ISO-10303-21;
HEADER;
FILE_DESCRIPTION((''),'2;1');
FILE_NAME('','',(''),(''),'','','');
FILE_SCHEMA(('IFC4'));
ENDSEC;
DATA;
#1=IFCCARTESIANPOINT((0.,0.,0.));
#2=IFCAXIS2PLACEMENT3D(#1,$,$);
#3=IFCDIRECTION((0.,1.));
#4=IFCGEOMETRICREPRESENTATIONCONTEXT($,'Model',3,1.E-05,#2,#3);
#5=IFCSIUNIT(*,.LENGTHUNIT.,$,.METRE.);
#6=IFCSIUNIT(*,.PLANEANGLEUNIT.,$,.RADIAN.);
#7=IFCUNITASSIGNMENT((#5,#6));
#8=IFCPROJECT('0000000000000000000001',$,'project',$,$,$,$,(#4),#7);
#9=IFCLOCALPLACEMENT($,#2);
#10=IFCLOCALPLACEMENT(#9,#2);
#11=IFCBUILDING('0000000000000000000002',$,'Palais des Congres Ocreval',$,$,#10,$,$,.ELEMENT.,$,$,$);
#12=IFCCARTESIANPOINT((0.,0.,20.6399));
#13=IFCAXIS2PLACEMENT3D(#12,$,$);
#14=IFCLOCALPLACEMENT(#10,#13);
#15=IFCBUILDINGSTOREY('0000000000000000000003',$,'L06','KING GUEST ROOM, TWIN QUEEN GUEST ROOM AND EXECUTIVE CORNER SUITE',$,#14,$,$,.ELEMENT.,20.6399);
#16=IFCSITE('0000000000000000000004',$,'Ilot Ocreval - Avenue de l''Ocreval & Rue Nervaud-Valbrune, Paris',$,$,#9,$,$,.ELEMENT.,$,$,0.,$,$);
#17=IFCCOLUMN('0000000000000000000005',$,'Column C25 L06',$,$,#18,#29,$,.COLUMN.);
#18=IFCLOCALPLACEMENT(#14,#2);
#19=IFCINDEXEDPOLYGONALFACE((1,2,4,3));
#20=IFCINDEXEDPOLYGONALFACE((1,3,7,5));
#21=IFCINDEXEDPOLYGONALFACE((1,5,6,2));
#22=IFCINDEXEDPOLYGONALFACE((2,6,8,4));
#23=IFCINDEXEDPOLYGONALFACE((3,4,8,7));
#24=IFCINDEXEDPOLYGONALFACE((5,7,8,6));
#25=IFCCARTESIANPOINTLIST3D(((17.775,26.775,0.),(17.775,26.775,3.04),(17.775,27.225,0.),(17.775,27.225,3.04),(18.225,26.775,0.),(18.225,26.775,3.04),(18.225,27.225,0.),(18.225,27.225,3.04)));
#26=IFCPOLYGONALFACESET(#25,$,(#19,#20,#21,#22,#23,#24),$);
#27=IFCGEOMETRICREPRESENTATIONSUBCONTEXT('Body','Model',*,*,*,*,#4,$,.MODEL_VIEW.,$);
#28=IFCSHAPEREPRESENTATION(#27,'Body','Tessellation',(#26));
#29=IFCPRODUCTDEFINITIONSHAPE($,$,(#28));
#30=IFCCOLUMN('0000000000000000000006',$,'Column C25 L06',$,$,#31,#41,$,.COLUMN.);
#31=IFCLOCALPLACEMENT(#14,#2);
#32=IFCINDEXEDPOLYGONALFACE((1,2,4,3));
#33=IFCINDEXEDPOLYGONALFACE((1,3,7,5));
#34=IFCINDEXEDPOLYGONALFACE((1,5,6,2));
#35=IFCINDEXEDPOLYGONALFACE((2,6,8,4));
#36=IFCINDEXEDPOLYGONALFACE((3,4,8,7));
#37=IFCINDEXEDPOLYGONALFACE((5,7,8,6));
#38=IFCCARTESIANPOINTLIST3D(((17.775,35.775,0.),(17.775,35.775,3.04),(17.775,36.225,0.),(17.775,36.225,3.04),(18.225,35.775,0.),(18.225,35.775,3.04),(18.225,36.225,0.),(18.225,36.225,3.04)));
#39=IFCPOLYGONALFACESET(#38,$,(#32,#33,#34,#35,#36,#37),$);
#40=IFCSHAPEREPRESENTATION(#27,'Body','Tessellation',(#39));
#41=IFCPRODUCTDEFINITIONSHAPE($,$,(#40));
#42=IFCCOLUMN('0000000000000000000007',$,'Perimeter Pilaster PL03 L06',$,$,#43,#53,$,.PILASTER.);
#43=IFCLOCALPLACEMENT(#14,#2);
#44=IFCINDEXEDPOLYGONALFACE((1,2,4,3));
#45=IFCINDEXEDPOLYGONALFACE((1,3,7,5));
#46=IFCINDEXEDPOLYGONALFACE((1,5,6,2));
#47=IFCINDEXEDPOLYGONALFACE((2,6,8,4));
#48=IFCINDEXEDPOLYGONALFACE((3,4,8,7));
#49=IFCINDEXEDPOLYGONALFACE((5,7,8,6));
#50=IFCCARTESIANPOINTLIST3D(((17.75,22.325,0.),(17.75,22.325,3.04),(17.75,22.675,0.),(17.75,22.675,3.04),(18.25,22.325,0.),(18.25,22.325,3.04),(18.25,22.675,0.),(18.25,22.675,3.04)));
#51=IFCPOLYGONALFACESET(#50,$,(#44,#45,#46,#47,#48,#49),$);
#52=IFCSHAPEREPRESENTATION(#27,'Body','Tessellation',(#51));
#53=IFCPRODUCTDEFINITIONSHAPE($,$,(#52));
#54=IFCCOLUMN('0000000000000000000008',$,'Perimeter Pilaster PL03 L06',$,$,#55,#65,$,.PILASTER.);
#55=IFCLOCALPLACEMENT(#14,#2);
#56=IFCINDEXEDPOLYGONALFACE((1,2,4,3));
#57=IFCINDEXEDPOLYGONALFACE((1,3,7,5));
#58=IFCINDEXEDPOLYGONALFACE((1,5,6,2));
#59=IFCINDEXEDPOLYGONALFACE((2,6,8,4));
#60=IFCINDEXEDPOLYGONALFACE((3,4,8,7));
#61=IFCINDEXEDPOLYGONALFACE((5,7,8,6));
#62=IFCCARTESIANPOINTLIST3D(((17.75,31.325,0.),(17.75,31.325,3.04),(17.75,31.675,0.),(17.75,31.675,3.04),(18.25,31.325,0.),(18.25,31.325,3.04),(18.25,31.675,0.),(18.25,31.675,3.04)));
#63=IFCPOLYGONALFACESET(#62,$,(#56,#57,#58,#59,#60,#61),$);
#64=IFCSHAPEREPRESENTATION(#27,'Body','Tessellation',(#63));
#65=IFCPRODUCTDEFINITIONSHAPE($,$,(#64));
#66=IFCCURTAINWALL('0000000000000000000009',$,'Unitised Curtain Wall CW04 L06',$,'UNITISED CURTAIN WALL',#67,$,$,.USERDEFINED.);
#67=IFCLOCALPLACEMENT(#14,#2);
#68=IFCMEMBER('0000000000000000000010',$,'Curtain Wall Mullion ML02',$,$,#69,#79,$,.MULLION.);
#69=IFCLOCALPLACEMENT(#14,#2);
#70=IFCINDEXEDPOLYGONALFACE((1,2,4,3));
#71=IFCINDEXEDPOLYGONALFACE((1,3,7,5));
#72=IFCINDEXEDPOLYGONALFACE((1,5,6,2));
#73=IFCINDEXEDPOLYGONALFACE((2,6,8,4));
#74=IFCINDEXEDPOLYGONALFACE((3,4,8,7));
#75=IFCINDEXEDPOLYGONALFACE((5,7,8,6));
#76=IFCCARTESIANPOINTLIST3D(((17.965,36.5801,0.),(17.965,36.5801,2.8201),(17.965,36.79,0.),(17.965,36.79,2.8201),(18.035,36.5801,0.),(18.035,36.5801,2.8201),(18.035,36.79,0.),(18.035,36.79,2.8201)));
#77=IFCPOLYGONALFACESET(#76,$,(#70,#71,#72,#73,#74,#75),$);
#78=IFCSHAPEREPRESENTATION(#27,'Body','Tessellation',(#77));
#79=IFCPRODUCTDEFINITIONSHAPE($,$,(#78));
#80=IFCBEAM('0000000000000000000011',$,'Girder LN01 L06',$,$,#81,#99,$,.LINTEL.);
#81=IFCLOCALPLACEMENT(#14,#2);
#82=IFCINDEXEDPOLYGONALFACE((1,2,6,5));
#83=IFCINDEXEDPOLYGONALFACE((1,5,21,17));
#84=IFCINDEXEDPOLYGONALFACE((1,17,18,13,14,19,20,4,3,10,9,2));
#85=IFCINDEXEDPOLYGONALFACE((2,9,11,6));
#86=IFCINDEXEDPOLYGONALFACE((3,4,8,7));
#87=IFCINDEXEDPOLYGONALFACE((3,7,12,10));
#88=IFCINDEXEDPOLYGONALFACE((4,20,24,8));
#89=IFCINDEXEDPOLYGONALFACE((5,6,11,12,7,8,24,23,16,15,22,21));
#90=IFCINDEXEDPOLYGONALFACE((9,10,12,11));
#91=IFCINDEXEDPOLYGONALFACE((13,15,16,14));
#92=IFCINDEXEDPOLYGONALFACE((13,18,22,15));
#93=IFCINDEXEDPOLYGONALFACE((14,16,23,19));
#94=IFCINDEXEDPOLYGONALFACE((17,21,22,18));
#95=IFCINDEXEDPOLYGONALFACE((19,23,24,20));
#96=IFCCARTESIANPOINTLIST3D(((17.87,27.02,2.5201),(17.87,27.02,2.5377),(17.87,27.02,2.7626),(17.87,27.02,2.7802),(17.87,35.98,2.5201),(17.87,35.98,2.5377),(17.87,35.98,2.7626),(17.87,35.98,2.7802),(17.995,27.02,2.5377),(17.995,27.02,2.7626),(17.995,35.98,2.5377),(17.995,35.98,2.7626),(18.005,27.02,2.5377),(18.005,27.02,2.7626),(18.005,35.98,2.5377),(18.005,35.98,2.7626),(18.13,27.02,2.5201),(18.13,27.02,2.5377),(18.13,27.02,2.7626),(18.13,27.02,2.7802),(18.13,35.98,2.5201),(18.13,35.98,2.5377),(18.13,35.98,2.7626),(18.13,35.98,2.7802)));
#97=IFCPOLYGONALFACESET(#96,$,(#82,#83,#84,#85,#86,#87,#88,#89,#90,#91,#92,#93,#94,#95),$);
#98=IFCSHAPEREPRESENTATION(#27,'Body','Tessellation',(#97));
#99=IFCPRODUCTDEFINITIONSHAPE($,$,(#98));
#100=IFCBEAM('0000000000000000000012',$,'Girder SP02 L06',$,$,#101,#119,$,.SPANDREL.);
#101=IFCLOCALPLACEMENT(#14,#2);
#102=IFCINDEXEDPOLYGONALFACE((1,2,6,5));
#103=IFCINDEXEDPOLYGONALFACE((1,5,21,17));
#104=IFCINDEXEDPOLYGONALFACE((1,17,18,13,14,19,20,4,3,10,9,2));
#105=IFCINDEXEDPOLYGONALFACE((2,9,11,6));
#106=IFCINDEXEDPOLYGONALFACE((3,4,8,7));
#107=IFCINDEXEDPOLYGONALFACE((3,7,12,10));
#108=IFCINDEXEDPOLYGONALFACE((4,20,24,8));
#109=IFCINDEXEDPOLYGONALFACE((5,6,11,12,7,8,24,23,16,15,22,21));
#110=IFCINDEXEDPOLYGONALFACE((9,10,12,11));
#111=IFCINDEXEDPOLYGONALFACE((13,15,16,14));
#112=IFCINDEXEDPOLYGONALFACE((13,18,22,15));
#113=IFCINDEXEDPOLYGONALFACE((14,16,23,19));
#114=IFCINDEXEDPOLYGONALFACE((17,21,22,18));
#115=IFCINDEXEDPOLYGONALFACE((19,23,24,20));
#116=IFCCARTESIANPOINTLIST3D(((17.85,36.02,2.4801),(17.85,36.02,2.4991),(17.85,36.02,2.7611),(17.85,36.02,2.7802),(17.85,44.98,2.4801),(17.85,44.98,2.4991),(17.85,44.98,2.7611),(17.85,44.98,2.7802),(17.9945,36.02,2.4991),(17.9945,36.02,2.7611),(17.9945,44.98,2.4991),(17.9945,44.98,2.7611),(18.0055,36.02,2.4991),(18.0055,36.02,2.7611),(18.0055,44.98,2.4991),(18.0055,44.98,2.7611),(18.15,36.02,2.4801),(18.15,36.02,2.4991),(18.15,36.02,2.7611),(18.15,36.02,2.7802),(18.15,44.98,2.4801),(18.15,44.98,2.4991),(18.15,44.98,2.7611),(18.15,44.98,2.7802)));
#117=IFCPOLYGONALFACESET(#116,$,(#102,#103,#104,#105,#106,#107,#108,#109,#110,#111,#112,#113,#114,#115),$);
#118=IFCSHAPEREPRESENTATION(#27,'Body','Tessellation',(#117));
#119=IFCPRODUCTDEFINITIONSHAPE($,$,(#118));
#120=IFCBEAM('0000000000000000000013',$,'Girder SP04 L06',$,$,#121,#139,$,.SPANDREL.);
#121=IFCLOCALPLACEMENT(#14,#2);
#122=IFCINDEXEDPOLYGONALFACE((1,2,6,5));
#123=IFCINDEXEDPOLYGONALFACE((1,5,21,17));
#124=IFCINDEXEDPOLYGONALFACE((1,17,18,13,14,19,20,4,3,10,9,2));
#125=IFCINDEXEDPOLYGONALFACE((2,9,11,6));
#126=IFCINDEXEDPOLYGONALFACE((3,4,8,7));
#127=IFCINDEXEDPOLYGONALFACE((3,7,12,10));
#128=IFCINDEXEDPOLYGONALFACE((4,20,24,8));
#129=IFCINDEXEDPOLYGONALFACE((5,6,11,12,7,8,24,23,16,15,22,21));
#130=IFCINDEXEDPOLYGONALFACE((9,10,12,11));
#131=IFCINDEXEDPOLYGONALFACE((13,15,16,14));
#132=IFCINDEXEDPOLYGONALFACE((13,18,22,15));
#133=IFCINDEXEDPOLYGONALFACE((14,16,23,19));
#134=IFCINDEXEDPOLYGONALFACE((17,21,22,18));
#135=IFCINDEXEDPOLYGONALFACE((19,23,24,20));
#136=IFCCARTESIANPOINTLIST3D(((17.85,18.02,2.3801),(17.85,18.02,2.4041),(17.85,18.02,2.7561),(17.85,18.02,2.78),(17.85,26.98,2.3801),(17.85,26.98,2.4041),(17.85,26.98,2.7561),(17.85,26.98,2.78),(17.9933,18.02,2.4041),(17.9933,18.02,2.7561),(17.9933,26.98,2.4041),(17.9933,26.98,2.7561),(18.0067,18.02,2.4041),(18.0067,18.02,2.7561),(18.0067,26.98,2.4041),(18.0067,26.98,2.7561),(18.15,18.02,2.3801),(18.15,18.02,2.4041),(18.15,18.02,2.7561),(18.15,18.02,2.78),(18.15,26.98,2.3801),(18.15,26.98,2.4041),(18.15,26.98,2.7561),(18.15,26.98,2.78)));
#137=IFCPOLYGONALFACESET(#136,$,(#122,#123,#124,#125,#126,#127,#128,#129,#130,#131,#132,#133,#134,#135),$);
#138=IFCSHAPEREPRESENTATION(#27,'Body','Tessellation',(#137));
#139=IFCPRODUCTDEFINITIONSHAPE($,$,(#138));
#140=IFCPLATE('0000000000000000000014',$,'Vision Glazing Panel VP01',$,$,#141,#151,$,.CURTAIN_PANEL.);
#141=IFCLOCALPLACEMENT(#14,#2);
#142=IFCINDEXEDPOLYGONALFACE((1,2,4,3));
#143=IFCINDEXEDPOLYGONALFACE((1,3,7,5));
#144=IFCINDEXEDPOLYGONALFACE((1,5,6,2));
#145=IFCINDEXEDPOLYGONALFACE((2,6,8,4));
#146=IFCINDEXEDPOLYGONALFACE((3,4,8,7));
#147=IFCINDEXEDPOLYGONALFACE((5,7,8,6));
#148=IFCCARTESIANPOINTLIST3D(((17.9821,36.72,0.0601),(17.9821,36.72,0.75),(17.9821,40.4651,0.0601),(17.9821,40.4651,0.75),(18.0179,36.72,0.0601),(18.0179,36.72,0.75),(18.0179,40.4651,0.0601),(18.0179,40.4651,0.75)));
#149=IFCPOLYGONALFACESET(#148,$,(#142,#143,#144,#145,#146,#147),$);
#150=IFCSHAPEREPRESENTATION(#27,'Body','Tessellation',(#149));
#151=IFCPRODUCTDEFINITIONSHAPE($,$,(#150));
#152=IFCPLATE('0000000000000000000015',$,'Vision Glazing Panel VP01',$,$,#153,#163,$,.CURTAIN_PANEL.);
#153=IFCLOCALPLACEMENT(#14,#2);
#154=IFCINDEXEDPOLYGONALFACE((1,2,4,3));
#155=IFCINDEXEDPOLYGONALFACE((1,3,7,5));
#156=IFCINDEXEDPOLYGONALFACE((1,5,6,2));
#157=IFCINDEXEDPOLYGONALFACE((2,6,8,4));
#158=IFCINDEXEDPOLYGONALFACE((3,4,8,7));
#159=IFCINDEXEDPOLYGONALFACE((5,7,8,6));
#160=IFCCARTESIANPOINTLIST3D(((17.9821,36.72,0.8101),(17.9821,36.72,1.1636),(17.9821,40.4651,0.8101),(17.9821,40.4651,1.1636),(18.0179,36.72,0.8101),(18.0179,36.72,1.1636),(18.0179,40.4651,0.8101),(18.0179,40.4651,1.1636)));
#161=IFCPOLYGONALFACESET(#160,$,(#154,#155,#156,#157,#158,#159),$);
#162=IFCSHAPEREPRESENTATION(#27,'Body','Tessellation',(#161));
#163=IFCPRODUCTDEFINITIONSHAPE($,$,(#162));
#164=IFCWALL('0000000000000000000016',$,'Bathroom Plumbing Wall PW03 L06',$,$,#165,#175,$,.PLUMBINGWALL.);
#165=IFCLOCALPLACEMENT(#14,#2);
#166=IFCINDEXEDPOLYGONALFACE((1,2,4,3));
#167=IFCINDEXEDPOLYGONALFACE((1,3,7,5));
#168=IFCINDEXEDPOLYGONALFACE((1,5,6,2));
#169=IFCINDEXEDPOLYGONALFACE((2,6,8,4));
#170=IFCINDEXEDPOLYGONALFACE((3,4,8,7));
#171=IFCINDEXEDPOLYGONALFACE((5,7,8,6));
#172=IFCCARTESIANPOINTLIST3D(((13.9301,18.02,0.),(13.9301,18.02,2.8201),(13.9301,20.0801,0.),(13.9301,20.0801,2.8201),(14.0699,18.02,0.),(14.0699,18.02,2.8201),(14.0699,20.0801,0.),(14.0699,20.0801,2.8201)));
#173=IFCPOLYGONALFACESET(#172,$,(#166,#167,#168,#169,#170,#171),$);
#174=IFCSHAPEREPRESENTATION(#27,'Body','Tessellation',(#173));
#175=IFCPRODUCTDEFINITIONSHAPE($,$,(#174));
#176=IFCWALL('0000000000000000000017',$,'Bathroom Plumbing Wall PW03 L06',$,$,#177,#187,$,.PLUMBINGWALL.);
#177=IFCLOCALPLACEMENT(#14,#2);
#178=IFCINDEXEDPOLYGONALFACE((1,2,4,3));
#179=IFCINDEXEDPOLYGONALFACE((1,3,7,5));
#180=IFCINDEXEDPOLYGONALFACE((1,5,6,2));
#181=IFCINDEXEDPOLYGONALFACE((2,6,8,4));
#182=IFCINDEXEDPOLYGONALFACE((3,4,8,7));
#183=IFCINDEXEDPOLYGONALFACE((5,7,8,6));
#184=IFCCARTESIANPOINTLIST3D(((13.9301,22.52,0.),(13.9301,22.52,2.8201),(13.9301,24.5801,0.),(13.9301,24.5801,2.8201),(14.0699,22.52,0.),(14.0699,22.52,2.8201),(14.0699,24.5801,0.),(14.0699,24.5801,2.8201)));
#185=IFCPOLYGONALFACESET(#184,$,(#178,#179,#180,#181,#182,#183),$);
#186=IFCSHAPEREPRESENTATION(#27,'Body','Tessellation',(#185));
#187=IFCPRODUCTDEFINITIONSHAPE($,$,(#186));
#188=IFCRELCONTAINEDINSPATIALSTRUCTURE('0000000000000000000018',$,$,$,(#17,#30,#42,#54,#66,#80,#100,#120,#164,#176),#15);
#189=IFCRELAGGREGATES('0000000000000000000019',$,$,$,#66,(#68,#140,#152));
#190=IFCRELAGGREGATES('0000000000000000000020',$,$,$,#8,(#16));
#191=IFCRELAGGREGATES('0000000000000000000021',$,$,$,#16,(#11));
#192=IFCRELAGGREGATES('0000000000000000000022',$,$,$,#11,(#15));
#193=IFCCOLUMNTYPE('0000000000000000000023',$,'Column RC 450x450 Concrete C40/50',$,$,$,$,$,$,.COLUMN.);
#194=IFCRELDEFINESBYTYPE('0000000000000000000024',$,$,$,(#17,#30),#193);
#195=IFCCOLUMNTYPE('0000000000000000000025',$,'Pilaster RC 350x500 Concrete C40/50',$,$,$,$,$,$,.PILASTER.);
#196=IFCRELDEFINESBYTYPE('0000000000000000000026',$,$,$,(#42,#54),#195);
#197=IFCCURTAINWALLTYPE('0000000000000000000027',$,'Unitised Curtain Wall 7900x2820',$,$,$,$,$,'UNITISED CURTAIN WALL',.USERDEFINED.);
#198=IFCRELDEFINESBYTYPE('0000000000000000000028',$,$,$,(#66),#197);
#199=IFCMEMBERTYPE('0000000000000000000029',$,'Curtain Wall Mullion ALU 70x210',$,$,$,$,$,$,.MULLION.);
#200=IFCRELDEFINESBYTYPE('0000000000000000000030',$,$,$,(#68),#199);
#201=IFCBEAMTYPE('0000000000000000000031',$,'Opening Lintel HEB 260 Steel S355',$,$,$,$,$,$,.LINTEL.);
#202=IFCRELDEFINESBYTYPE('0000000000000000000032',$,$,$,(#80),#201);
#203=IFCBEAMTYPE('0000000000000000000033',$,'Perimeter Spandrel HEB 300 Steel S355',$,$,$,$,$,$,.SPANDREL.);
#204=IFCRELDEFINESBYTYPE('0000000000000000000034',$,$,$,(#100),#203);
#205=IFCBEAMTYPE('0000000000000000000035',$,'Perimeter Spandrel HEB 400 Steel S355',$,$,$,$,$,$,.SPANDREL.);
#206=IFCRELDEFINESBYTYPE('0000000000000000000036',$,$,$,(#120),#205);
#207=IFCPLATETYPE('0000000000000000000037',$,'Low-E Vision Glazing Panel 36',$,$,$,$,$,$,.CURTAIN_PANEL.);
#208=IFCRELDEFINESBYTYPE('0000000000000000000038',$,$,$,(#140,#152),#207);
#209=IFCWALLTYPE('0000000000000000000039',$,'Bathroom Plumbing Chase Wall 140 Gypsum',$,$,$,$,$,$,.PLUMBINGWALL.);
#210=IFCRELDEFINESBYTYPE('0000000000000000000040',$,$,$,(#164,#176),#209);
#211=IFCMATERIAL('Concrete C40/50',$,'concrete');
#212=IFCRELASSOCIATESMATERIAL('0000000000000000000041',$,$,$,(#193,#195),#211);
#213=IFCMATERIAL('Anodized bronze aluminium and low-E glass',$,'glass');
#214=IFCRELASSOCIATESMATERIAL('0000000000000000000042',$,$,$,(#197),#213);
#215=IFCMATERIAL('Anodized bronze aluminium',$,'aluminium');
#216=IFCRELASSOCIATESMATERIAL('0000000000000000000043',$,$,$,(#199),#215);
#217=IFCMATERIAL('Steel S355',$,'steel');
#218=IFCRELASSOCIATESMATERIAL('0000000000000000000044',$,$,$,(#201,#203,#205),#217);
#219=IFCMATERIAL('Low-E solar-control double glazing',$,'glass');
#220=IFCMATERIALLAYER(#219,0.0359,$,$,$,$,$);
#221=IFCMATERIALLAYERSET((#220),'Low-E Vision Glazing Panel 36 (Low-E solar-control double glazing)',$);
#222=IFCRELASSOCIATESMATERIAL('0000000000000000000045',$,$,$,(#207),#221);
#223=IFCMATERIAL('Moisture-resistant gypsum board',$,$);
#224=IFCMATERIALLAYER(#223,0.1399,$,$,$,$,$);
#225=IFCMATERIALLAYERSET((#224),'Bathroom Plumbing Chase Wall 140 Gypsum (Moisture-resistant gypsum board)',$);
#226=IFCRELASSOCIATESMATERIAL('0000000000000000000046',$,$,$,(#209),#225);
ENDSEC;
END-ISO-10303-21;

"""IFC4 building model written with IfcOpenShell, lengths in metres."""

from ifc_helpers import new_model, si_unit, direction, frame, frame_2d, origin, origin_2d, place, context, subcontext, project, spatial, rectangle, i_section, extrude, material, layer, layer_set, material_profile, profile_set, type_object, element, aggregate, save


model = new_model("IFC4")

# Units and contexts
model_context = context("Model", 3, precision=1e-05, world=origin(), true_north=direction((0.0, 1.0)))
body_context = subcontext(model_context, "Body", "Model", "MODEL_VIEW")
ifc_project = project(units=[si_unit("LENGTHUNIT", "METRE"), si_unit("PLANEANGLEUNIT", "RADIAN")], contexts=[model_context])

# Site, building, storey
site_placement = place(None, origin())
site = spatial("IfcSite", under=ifc_project, at=site_placement, Name="Ilot Ocreval - Avenue de l'Ocreval & Rue Nervaud-Valbrune, Paris", CompositionType="ELEMENT", RefElevation=0.0)
building_placement = place(site_placement, origin())
building = spatial("IfcBuilding", under=site, at=building_placement, Name="Palais des Congres Ocreval", CompositionType="ELEMENT")
storey_placement = place(building_placement, frame((0.0, 0.0, 20.6399)))
storey = spatial("IfcBuildingStorey", under=building, at=storey_placement, Name="L06", Description="KING GUEST ROOM, TWIN QUEEN GUEST ROOM AND EXECUTIVE CORNER SUITE", CompositionType="ELEMENT", Elevation=20.6399)

# Columns
ifc_material_1 = material(Name="Concrete C40/50", Category="concrete")
ifc_material_profile_1 = material_profile(ifc_material_1, rectangle(XDim=0.45, YDim=0.45, at=origin_2d()), Name="RC 450x450")
ifc_profile_set_1 = profile_set([ifc_material_profile_1], Name="Concrete C40/50")
column_type_1 = type_object("IfcColumnType", Name="Column RC 450x450 Concrete C40/50", PredefinedType="COLUMN", material=ifc_profile_set_1)
for number, where, z_axis, x_axis, name in (
    (1, (18.0, 27.0, 0.0), (0.0, 0.0, 1.0), (1.0, 0.0, 0.0), "Column C25 L06"),
    (2, (18.0, 36.0, 0.0), (0.0, 0.0, 1.0), (1.0, 0.0, 0.0), "Column C25 L06"),
):
    element("IfcColumn", number, at=place(storey_placement, frame(where, z_axis=z_axis, x_axis=x_axis)), inside=storey, type_object=column_type_1, Name=name, PredefinedType="COLUMN", context=body_context, shape_type="SweptSolid", body=[
        extrude(rectangle(XDim=0.45, YDim=0.45, at=origin_2d()), origin(), (0.0, 0.0, 1.0), 3.04),
    ])
ifc_material_profile_2 = material_profile(ifc_material_1, rectangle(XDim=0.3501, YDim=0.5, at=origin_2d()), Name="RC 350x500")
ifc_profile_set_2 = profile_set([ifc_material_profile_2], Name="Concrete C40/50")
column_type_2 = type_object("IfcColumnType", Name="Pilaster RC 350x500 Concrete C40/50", PredefinedType="PILASTER", material=ifc_profile_set_2)
for number, where, z_axis, x_axis, name in (
    (3, (18.0, 22.5, 0.0), (0.0, 0.0, 1.0), (0.0, 1.0, 0.0), "Perimeter Pilaster PL03 L06"),
    (4, (18.0, 31.5, 0.0), (0.0, 0.0, 1.0), (0.0, 1.0, 0.0), "Perimeter Pilaster PL03 L06"),
):
    element("IfcColumn", number, at=place(storey_placement, frame(where, z_axis=z_axis, x_axis=x_axis)), inside=storey, type_object=column_type_2, Name=name, PredefinedType="PILASTER", context=body_context, shape_type="SweptSolid", body=[
        extrude(rectangle(XDim=0.3501, YDim=0.5, at=origin_2d()), origin(), (0.0, 0.0, 1.0), 3.04),
    ])

# Curtain wall, member
ifc_material_2 = material(Name="Anodized bronze aluminium and low-E glass", Category="glass")
curtain_wall_type = type_object("IfcCurtainWallType", Name="Unitised Curtain Wall 7900x2820", ElementType="UNITISED CURTAIN WALL", PredefinedType="USERDEFINED", material=ifc_material_2)
curtain_wall_placement = place(storey_placement, origin())
curtain_wall = element("IfcCurtainWall", 5, at=curtain_wall_placement, inside=storey, type_object=curtain_wall_type, Name="Unitised Curtain Wall CW04 L06", ObjectType="UNITISED CURTAIN WALL", PredefinedType="USERDEFINED")
ifc_material_3 = material(Name="Anodized bronze aluminium", Category="aluminium")
ifc_material_profile_3 = material_profile(ifc_material_3, rectangle(XDim=0.0701, YDim=0.21, at=origin_2d()), Name="ALU 70x210")
ifc_profile_set_3 = profile_set([ifc_material_profile_3], Name="Anodized bronze aluminium")
member_type = type_object("IfcMemberType", Name="Curtain Wall Mullion ALU 70x210", PredefinedType="MULLION", material=ifc_profile_set_3)
member_placement = place(storey_placement, frame((18.0, 36.6851, 0.0), z_axis=(0.0, 0.0, 1.0), x_axis=(1.0, 0.0, 0.0)))
member = element("IfcMember", 6, at=member_placement, type_object=member_type, Name="Curtain Wall Mullion ML02", PredefinedType="MULLION", context=body_context, shape_type="SweptSolid", body=[
    extrude(rectangle(XDim=0.0701, YDim=0.21, at=origin_2d()), origin(), (0.0, 0.0, 1.0), 2.8201),
])

# Beams
ifc_material_4 = material(Name="Steel S355", Category="steel")
ifc_material_profile_4 = material_profile(ifc_material_4, i_section(OverallWidth=0.26, OverallDepth=0.26, WebThickness=0.01, FlangeThickness=0.0176, at=origin_2d()), Name="HEB 260")
ifc_profile_set_4 = profile_set([ifc_material_profile_4], Name="Steel S355")
beam_type_1 = type_object("IfcBeamType", Name="Opening Lintel HEB 260 Steel S355", PredefinedType="LINTEL", material=ifc_profile_set_4)
beam_1_placement = place(storey_placement, frame((18.0, 27.02, 2.6501), z_axis=(0.0, 1.0, 0.0), x_axis=(-1.0, 0.0, 0.0)))
element("IfcBeam", 7, at=beam_1_placement, inside=storey, type_object=beam_type_1, Name="Girder LN01 L06", PredefinedType="LINTEL", context=body_context, shape_type="SweptSolid", body=[
    extrude(i_section(OverallWidth=0.26, OverallDepth=0.26, WebThickness=0.01, FlangeThickness=0.0176, at=origin_2d()), origin(), (0.0, 0.0, 1.0), 8.96),
])
ifc_material_profile_5 = material_profile(ifc_material_4, i_section(OverallWidth=0.3, OverallDepth=0.3, WebThickness=0.011, FlangeThickness=0.019, at=origin_2d()), Name="HEB 300")
ifc_profile_set_5 = profile_set([ifc_material_profile_5], Name="Steel S355")
beam_type_2 = type_object("IfcBeamType", Name="Perimeter Spandrel HEB 300 Steel S355", PredefinedType="SPANDREL", material=ifc_profile_set_5)
beam_2_placement = place(storey_placement, frame((18.0, 36.02, 2.6301), z_axis=(0.0, 1.0, 0.0), x_axis=(-1.0, 0.0, 0.0)))
element("IfcBeam", 8, at=beam_2_placement, inside=storey, type_object=beam_type_2, Name="Girder SP02 L06", PredefinedType="SPANDREL", context=body_context, shape_type="SweptSolid", body=[
    extrude(i_section(OverallWidth=0.3, OverallDepth=0.3, WebThickness=0.011, FlangeThickness=0.019, at=origin_2d()), origin(), (0.0, 0.0, 1.0), 8.96),
])
ifc_material_profile_6 = material_profile(ifc_material_4, i_section(OverallWidth=0.3, OverallDepth=0.3999, WebThickness=0.0134, FlangeThickness=0.0239, at=origin_2d()), Name="HEB 400")
ifc_profile_set_6 = profile_set([ifc_material_profile_6], Name="Steel S355")
beam_type_3 = type_object("IfcBeamType", Name="Perimeter Spandrel HEB 400 Steel S355", PredefinedType="SPANDREL", material=ifc_profile_set_6)
beam_3_placement = place(storey_placement, frame((18.0, 18.02, 2.5801), z_axis=(0.0, 1.0, 0.0), x_axis=(-1.0, 0.0, 0.0)))
element("IfcBeam", 9, at=beam_3_placement, inside=storey, type_object=beam_type_3, Name="Girder SP04 L06", PredefinedType="SPANDREL", context=body_context, shape_type="SweptSolid", body=[
    extrude(i_section(OverallWidth=0.3, OverallDepth=0.3999, WebThickness=0.0134, FlangeThickness=0.0239, at=origin_2d()), origin(), (0.0, 0.0, 1.0), 8.96),
])

# Plates
ifc_material_5 = material(Name="Low-E solar-control double glazing", Category="glass")
ifc_layer_1 = layer(ifc_material_5, 0.0359)
ifc_layer_set_1 = layer_set([ifc_layer_1], Name="Low-E Vision Glazing Panel 36 (Low-E solar-control double glazing)")
plate_type = type_object("IfcPlateType", Name="Low-E Vision Glazing Panel 36", PredefinedType="CURTAIN_PANEL", material=ifc_layer_set_1)
plate_1_placement = place(storey_placement, frame((18.0, 38.5925, 0.0601), z_axis=(0.0, 0.0, 1.0), x_axis=(0.0, -1.0, 0.0)))
plate_1 = element("IfcPlate", 10, at=plate_1_placement, type_object=plate_type, Name="Vision Glazing Panel VP01", PredefinedType="CURTAIN_PANEL", context=body_context, shape_type="SweptSolid", body=[
    extrude(rectangle(XDim=3.7451, YDim=0.0359, at=origin_2d()), origin(), (0.0, 0.0, 1.0), 0.6899),
])
plate_2_placement = place(storey_placement, frame((18.0, 38.5925, 0.8101), z_axis=(0.0, 0.0, 1.0), x_axis=(0.0, -1.0, 0.0)))
plate_2 = element("IfcPlate", 11, at=plate_2_placement, type_object=plate_type, Name="Vision Glazing Panel VP01", PredefinedType="CURTAIN_PANEL", context=body_context, shape_type="SweptSolid", body=[
    extrude(rectangle(XDim=3.7451, YDim=0.0359, at=origin_2d()), origin(), (0.0, 0.0, 1.0), 0.3535),
])
aggregate(curtain_wall, [member, plate_1, plate_2])

# Walls
ifc_material_6 = material(Name="Moisture-resistant gypsum board")
ifc_layer_2 = layer(ifc_material_6, 0.1399)
ifc_layer_set_2 = layer_set([ifc_layer_2], Name="Bathroom Plumbing Chase Wall 140 Gypsum (Moisture-resistant gypsum board)")
wall_type_1 = type_object("IfcWallType", Name="Bathroom Plumbing Chase Wall 140 Gypsum", PredefinedType="PLUMBINGWALL", material=ifc_layer_set_2)
for number, where, z_axis, x_axis, name in (
    (12, (14.0, 18.02, 0.0), (0.0, 0.0, 1.0), (0.0, 1.0, 0.0), "Bathroom Plumbing Wall PW03 L06"),
    (13, (14.0, 22.52, 0.0), (0.0, 0.0, 1.0), (0.0, 1.0, 0.0), "Bathroom Plumbing Wall PW03 L06"),
):
    element("IfcWall", number, at=place(storey_placement, frame(where, z_axis=z_axis, x_axis=x_axis)), inside=storey, type_object=wall_type_1, Name=name, PredefinedType="PLUMBINGWALL", context=body_context, shape_type="SweptSolid", body=[
        extrude(rectangle(XDim=2.0601, YDim=0.1399, at=frame_2d((1.03, 0.0))), origin(), (0.0, 0.0, 1.0), 2.8201),
    ])

save(model, "model.ifc")
